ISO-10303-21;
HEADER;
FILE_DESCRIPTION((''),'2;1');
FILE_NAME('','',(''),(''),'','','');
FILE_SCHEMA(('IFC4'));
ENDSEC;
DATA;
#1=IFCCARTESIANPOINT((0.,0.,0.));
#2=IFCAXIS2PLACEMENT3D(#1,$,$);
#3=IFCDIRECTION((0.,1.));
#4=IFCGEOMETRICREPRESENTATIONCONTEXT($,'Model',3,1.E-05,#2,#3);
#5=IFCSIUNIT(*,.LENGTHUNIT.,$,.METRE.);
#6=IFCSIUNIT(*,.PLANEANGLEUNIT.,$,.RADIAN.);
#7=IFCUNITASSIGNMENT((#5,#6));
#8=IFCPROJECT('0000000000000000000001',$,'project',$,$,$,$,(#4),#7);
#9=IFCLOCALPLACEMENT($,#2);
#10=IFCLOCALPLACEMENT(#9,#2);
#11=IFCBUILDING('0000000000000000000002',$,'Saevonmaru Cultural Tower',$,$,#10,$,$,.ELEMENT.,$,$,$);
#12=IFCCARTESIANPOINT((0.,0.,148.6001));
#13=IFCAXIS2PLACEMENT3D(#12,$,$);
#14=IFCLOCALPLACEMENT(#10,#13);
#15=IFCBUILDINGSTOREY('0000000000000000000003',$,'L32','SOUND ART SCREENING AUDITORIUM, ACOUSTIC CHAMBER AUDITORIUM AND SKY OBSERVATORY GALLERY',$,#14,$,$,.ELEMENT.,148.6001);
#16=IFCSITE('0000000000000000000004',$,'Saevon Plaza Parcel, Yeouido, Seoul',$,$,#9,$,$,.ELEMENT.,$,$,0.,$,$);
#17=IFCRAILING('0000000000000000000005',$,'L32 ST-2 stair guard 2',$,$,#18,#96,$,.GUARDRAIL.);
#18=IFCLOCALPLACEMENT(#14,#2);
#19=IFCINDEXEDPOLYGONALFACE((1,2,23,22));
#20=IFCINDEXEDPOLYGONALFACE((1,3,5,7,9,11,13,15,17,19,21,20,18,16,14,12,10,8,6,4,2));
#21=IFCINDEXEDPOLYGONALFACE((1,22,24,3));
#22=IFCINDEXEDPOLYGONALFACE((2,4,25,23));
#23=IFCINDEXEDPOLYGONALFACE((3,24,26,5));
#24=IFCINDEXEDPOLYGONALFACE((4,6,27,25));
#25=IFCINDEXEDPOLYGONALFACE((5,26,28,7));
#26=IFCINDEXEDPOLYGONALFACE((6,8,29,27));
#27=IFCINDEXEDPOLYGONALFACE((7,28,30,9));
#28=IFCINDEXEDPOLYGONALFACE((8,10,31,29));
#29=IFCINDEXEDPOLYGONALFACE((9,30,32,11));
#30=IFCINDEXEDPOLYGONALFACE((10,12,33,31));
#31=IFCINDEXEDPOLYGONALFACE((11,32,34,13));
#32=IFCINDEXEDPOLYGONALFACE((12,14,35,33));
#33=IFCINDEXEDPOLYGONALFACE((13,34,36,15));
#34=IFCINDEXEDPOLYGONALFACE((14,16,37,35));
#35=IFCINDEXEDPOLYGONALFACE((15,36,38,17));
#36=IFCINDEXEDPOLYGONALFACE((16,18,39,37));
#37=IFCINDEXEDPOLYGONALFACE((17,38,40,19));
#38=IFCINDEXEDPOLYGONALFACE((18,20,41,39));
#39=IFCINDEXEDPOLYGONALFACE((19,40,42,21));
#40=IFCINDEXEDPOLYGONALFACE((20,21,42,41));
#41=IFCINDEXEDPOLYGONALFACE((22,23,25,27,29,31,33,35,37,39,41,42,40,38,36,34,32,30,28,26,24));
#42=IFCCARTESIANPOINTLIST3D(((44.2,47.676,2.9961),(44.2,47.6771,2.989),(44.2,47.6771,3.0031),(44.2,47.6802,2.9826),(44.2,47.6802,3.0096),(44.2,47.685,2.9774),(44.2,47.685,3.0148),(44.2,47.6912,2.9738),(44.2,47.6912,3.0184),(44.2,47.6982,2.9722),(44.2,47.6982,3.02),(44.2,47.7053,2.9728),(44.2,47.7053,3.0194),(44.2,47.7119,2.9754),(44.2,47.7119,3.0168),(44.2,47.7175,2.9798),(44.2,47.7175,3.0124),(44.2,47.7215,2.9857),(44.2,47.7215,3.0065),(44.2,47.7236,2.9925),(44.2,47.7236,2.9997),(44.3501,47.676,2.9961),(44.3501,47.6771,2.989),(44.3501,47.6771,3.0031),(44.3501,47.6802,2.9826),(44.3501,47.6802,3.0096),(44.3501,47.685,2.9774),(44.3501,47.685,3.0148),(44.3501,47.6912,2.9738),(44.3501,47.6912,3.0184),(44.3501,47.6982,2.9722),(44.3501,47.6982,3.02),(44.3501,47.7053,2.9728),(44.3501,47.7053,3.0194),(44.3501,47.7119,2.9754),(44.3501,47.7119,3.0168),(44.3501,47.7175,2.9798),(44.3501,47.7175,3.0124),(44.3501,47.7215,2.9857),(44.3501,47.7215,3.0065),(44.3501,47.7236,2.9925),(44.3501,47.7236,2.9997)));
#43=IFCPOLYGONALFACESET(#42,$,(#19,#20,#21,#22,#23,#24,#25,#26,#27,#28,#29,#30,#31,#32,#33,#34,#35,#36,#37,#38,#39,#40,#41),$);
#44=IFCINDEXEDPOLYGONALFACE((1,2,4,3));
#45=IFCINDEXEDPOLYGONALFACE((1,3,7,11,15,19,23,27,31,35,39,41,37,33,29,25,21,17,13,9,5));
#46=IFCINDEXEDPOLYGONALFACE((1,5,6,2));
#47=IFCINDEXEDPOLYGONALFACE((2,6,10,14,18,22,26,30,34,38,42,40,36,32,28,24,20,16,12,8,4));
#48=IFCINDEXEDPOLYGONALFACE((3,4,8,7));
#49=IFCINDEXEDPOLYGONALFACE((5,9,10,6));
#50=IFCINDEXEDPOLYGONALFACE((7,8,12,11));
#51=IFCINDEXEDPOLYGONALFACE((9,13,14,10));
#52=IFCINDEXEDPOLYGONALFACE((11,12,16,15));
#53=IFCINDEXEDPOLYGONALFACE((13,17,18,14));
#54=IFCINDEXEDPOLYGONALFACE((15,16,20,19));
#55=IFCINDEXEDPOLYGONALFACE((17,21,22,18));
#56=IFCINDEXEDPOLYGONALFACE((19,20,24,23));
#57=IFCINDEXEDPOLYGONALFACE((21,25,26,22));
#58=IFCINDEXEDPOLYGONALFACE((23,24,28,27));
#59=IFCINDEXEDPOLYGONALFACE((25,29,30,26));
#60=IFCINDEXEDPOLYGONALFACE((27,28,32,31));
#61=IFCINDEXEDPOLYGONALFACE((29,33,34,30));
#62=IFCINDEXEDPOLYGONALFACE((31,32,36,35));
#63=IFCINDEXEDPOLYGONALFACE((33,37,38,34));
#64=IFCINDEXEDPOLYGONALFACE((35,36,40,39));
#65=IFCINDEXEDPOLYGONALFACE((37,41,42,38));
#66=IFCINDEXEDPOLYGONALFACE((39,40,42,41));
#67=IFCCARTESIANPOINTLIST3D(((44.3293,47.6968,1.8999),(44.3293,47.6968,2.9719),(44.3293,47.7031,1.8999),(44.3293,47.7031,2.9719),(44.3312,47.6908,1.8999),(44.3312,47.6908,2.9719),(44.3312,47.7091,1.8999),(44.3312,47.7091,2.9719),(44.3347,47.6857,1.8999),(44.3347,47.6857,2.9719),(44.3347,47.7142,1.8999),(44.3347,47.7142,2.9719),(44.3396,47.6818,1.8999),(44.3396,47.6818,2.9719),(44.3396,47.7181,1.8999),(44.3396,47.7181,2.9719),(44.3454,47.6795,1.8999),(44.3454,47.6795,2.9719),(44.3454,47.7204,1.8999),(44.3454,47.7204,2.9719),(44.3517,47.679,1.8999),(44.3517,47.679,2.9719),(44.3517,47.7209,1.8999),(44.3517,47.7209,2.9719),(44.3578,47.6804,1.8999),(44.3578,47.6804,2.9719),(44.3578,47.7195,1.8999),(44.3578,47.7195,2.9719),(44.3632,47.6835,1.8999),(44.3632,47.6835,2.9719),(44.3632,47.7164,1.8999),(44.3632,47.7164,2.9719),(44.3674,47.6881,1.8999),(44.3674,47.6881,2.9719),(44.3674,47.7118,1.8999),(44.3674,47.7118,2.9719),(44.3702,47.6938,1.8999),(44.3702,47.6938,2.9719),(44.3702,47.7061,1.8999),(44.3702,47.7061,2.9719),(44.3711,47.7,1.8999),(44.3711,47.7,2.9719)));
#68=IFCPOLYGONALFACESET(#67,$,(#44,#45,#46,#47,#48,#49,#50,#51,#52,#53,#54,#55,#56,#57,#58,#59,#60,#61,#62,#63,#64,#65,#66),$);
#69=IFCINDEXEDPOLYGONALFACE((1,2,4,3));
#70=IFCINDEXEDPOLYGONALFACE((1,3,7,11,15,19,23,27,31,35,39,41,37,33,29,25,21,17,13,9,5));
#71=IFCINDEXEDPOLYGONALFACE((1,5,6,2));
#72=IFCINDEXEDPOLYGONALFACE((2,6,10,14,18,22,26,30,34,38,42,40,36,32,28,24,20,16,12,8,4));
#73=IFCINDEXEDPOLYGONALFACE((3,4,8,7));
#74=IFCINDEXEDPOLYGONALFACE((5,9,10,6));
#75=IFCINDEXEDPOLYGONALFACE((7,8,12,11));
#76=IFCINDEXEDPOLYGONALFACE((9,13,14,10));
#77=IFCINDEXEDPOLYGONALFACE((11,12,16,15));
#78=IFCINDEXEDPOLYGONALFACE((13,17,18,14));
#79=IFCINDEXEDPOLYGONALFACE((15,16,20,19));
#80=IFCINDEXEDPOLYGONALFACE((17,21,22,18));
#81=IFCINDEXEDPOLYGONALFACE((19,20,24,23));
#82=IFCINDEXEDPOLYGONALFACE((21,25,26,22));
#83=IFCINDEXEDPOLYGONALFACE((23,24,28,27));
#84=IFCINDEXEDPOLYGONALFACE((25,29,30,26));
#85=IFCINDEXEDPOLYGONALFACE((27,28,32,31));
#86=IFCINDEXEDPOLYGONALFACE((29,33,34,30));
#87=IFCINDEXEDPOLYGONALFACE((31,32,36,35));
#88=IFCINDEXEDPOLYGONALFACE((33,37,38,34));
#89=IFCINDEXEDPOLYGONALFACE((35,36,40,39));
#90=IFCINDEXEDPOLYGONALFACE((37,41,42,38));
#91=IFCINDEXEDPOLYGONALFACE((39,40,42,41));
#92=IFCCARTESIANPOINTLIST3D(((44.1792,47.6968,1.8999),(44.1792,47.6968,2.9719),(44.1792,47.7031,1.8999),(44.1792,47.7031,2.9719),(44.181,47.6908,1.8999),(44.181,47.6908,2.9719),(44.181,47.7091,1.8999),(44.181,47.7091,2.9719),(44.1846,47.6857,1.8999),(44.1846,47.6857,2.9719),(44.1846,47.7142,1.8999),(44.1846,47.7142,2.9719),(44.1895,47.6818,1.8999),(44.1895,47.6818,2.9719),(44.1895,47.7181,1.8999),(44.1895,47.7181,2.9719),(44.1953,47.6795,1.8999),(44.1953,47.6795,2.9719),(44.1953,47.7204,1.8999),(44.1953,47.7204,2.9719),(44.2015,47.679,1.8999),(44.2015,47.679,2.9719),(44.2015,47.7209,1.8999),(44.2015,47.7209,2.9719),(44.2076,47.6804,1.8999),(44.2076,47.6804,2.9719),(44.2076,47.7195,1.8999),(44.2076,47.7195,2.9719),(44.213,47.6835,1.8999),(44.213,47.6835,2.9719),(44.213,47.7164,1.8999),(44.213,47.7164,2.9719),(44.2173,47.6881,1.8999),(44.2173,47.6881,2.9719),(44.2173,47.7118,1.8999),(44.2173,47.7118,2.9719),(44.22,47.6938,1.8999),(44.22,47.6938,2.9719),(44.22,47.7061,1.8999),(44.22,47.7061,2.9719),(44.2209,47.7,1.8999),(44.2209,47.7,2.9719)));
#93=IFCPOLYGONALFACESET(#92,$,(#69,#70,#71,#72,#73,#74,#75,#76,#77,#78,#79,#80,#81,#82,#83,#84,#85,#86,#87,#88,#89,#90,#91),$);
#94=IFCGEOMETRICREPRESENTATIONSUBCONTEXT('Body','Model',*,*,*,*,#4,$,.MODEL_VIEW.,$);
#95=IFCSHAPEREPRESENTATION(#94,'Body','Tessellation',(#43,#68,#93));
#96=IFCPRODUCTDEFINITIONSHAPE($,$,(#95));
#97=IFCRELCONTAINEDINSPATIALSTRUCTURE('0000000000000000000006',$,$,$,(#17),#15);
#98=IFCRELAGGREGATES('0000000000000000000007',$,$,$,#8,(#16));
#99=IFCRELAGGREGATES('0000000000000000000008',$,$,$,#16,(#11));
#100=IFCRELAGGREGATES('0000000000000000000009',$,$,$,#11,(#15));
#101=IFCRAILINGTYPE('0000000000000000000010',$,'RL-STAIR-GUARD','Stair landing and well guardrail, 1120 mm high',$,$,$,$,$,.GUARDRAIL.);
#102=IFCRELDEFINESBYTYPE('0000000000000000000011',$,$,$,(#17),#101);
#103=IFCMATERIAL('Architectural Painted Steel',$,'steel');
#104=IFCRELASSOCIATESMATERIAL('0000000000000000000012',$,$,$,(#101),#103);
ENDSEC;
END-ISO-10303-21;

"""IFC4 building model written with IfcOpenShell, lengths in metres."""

from ifc_helpers import new_model, si_unit, direction, frame, origin, origin_2d, place, context, subcontext, project, spatial, circle, extrude, material, type_object, element, save


model = new_model("IFC4")

# Units and contexts
model_context = context("Model", 3, precision=1e-05, world=origin(), true_north=direction((0.0, 1.0)))
body_context = subcontext(model_context, "Body", "Model", "MODEL_VIEW")
ifc_project = project(units=[si_unit("LENGTHUNIT", "METRE"), si_unit("PLANEANGLEUNIT", "RADIAN")], contexts=[model_context])

# Site, building, storey
site_placement = place(None, origin())
site = spatial("IfcSite", under=ifc_project, at=site_placement, Name="Saevon Plaza Parcel, Yeouido, Seoul", CompositionType="ELEMENT", RefElevation=0.0)
building_placement = place(site_placement, origin())
building = spatial("IfcBuilding", under=site, at=building_placement, Name="Saevonmaru Cultural Tower", CompositionType="ELEMENT")
storey_placement = place(building_placement, frame((0.0, 0.0, 148.6001)))
storey = spatial("IfcBuildingStorey", under=building, at=storey_placement, Name="L32", Description="SOUND ART SCREENING AUDITORIUM, ACOUSTIC CHAMBER AUDITORIUM AND SKY OBSERVATORY GALLERY", CompositionType="ELEMENT", Elevation=148.6001)

# Railing
ifc_material_1 = material(Name="Architectural Painted Steel", Category="steel")
railing_type_1 = type_object("IfcRailingType", Name="RL-STAIR-GUARD", Description="Stair landing and well guardrail, 1120 mm high", PredefinedType="GUARDRAIL", material=ifc_material_1)
railing_1_placement = place(storey_placement, frame((44.3501, 47.7, 1.8999)))
element("IfcRailing", 1, at=railing_1_placement, inside=storey, type_object=railing_type_1, Name="L32 ST-2 stair guard 2", PredefinedType="GUARDRAIL", context=body_context, shape_type="SweptSolid", body=[
    extrude(circle(Radius=0.0239, at=origin_2d()), frame((0.0, 0.0, 1.0962), z_axis=(-1.0, 0.0, 0.0), x_axis=(0.0, -1.0, 0.0)), (0.0, 0.0, 1.0), 0.1501),
    extrude(circle(Radius=0.021, at=origin_2d()), origin(), (0.0, 0.0, 1.0), 1.072),
    extrude(circle(Radius=0.021, at=origin_2d()), frame((-0.1501, 0.0, 0.0)), (0.0, 0.0, 1.0), 1.072),
])

save(model, "model.ifc")
